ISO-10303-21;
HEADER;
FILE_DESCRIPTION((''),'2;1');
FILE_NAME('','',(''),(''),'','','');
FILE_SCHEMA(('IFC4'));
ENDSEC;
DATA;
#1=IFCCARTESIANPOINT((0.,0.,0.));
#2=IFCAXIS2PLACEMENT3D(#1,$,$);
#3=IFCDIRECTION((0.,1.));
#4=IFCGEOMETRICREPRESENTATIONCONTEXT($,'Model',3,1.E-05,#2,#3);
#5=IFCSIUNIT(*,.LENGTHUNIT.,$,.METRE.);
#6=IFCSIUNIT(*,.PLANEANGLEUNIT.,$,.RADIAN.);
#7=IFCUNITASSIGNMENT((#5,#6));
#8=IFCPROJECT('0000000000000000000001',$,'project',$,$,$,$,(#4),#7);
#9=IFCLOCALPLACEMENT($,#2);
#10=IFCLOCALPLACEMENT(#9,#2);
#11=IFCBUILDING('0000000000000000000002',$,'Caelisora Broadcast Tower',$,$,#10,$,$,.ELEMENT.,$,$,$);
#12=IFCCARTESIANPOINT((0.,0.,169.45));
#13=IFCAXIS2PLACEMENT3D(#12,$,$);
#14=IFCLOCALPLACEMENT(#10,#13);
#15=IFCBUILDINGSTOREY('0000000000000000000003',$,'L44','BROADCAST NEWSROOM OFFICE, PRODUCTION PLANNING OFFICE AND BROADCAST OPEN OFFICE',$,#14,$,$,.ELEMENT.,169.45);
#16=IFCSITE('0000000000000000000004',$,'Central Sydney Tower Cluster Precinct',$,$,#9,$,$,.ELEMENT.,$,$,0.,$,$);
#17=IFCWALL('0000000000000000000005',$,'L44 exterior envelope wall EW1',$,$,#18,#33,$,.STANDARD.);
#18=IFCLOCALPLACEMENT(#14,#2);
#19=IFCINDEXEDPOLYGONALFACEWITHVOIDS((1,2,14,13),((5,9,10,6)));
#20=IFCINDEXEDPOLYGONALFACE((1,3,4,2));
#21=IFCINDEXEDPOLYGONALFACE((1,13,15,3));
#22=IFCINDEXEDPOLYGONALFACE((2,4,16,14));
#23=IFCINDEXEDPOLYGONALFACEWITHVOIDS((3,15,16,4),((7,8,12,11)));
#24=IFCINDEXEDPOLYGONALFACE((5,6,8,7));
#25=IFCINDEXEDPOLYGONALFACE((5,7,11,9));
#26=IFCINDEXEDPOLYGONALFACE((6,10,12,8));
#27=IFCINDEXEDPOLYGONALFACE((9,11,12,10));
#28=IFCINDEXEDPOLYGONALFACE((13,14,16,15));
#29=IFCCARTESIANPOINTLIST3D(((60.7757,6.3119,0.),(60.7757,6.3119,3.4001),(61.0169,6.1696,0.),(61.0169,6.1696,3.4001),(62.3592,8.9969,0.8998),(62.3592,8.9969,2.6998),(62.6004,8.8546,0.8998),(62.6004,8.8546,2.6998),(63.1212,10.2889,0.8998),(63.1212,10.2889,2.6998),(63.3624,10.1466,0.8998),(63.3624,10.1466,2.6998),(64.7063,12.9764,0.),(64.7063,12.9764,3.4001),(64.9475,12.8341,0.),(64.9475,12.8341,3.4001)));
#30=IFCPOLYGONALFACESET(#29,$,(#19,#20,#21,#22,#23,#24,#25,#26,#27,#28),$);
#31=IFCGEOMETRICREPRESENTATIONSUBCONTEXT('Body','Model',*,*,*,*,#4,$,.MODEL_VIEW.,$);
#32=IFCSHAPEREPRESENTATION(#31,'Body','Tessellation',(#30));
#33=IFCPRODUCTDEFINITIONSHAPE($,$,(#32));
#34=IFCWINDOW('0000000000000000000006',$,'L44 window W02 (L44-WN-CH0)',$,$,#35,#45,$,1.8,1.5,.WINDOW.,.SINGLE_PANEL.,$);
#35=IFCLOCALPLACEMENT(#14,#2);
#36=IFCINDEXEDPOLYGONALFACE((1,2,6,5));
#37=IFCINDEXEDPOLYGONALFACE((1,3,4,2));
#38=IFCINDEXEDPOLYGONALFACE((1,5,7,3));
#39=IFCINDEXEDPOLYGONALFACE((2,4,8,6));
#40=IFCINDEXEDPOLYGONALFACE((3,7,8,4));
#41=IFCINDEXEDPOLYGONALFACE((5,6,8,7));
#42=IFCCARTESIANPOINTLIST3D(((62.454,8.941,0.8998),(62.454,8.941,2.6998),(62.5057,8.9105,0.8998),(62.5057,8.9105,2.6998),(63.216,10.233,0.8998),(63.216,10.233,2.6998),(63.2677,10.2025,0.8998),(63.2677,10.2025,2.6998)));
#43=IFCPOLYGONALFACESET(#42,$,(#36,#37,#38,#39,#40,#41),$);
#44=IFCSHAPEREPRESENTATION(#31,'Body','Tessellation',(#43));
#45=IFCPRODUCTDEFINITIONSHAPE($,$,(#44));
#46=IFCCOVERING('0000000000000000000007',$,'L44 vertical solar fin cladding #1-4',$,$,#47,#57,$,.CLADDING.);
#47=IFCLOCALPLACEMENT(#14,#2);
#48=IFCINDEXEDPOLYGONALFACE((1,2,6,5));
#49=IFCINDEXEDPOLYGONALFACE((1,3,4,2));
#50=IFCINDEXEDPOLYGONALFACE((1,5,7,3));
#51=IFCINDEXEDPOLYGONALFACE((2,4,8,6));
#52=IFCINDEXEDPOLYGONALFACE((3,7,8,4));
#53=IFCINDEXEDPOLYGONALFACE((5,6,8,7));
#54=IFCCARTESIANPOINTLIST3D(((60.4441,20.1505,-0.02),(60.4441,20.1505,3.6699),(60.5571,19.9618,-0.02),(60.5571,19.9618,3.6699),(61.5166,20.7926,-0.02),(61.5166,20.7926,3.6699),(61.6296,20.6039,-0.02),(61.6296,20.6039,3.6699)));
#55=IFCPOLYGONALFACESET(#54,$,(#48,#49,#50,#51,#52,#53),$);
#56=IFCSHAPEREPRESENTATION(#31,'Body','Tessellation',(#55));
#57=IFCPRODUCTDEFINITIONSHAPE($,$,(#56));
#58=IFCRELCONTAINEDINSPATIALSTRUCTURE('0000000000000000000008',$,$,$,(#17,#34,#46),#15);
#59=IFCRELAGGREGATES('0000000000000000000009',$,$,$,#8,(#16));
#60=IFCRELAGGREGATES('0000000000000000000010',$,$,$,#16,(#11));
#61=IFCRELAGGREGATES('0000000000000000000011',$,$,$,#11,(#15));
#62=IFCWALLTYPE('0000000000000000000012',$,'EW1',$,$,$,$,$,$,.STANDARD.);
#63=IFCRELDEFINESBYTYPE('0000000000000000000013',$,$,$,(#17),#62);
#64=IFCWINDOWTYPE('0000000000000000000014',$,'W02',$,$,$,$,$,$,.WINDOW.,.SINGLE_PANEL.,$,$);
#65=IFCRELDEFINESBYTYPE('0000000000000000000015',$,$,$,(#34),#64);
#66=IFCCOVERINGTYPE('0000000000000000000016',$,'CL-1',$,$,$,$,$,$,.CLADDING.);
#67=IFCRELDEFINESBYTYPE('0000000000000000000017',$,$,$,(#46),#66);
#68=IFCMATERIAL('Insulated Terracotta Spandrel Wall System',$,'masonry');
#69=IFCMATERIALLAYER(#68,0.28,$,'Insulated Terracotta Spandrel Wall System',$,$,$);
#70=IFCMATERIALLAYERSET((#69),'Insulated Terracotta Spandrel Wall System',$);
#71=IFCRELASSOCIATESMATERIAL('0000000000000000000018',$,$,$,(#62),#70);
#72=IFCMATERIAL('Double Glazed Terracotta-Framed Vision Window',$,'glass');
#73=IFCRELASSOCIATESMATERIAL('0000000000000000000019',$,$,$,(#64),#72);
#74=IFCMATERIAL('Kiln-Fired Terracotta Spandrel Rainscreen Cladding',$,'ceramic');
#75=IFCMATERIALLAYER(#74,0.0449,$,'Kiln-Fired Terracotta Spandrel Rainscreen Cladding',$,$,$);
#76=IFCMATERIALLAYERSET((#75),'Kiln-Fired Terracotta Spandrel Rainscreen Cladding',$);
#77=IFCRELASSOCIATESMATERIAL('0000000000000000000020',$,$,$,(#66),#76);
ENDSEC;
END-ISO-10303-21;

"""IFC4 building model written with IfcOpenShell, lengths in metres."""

from ifc_helpers import new_model, si_unit, direction, frame, frame_2d, origin, origin_2d, place, context, subcontext, project, spatial, rectangle, extrude, source, transform, mapped, material, layer, layer_set, type_object, type_shapes, element, fill, save


model = new_model("IFC4")

# Units and contexts
model_context = context("Model", 3, precision=1e-05, world=origin(), true_north=direction((0.0, 1.0)))
body_context = subcontext(model_context, "Body", "Model", "MODEL_VIEW")
ifc_project = project(units=[si_unit("LENGTHUNIT", "METRE"), si_unit("PLANEANGLEUNIT", "RADIAN")], contexts=[model_context])

# Site, building, storey
site_placement = place(None, origin())
site = spatial("IfcSite", under=ifc_project, at=site_placement, Name="Central Sydney Tower Cluster Precinct", CompositionType="ELEMENT", RefElevation=0.0)
building_placement = place(site_placement, origin())
building = spatial("IfcBuilding", under=site, at=building_placement, Name="Caelisora Broadcast Tower", CompositionType="ELEMENT")
storey_placement = place(building_placement, frame((0.0, 0.0, 169.45)))
storey = spatial("IfcBuildingStorey", under=building, at=storey_placement, Name="L44", Description="BROADCAST NEWSROOM OFFICE, PRODUCTION PLANNING OFFICE AND BROADCAST OPEN OFFICE", CompositionType="ELEMENT", Elevation=169.45)

# Wall, opening, window
ifc_material_1 = material(Name="Insulated Terracotta Spandrel Wall System", Category="masonry")
ifc_layer_1 = layer(ifc_material_1, 0.28, Name="Insulated Terracotta Spandrel Wall System")
ifc_layer_set_1 = layer_set([ifc_layer_1], Name="Insulated Terracotta Spandrel Wall System")
wall_type = type_object("IfcWallType", Name="EW1", PredefinedType="STANDARD", material=ifc_layer_set_1)
wall_placement = place(storey_placement, frame((64.8269, 12.9053, 0.0), z_axis=(0.0, 0.0, 1.0), x_axis=(-0.508013, -0.86135, 0.0)))
wall = element("IfcWall", 1, at=wall_placement, inside=storey, type_object=wall_type, Name="L44 exterior envelope wall EW1", PredefinedType="STANDARD", context=body_context, shape_type="SweptSolid", body=[
    extrude(rectangle(XDim=7.7373, YDim=0.28, at=frame_2d((3.8687, 0.0))), origin(), (0.0, 0.0, 1.0), 3.4001),
])
opening_placement = place(wall_placement, frame((3.1201, 0.0, 0.8999)))
opening = element("IfcOpeningElement", 2, at=opening_placement, cuts=wall, PredefinedType="OPENING", context=body_context, shape_type="SweptSolid", body=[
    extrude(rectangle(XDim=1.5, YDim=1.8, at=frame_2d((0.75, 0.8999))), frame((0.0, 0.1521, 0.0), z_axis=(0.0, -1.0, 0.0), x_axis=(1.0, 0.0, 0.0)), (0.0, 0.0, 1.0), 0.304),
])
ifc_material_2 = material(Name="Double Glazed Terracotta-Framed Vision Window", Category="glass")
window_type = type_object("IfcWindowType", Name="W02", PartitioningType="SINGLE_PANEL", PredefinedType="WINDOW", material=ifc_material_2)
window_placement = place(opening_placement, origin())
window = element("IfcWindow", 3, at=window_placement, inside=storey, type_object=window_type, Name="L44 window W02 (L44-WN-CH0)", OverallHeight=1.8, OverallWidth=1.5, PartitioningType="SINGLE_PANEL", PredefinedType="WINDOW", context=body_context, shape_type="SweptSolid", body=[
    extrude(rectangle(XDim=1.5, YDim=1.8, at=frame_2d((0.75, 0.8999))), frame((0.0, 0.03, 0.0), z_axis=(0.0, -1.0, 0.0), x_axis=(1.0, 0.0, 0.0)), (0.0, 0.0, 1.0), 0.0601),
])
fill(opening, window)

# Covering
ifc_material_3 = material(Name="Kiln-Fired Terracotta Spandrel Rainscreen Cladding", Category="ceramic")
ifc_layer_2 = layer(ifc_material_3, 0.0449, Name="Kiln-Fired Terracotta Spandrel Rainscreen Cladding")
ifc_layer_set_2 = layer_set([ifc_layer_2], Name="Kiln-Fired Terracotta Spandrel Rainscreen Cladding")
covering_type = type_object("IfcCoveringType", Name="CL-1", PredefinedType="CLADDING", material=ifc_layer_set_2)
shared_shape_1 = source(origin(), body_context, "Body", "SweptSolid", [
    extrude(rectangle(XDim=0.22, YDim=1.25, at=origin_2d()), origin(), (0.0, 0.0, 1.0), 3.6899),
])
type_shapes(covering_type, [shared_shape_1])
covering_placement = place(storey_placement, frame((61.0369, 20.3772, -0.02), z_axis=(0.0, 0.0, 1.0), x_axis=(0.513691, -0.857975, 0.0)))
element("IfcCovering", 4, at=covering_placement, inside=storey, type_object=covering_type, Name="L44 vertical solar fin cladding #1-4", PredefinedType="CLADDING", context=body_context, shape_type="MappedRepresentation", body=[
    mapped(shared_shape_1, transform((0.0, 0.0, 0.0), scale=1.0)),
])

save(model, "model.ifc")
